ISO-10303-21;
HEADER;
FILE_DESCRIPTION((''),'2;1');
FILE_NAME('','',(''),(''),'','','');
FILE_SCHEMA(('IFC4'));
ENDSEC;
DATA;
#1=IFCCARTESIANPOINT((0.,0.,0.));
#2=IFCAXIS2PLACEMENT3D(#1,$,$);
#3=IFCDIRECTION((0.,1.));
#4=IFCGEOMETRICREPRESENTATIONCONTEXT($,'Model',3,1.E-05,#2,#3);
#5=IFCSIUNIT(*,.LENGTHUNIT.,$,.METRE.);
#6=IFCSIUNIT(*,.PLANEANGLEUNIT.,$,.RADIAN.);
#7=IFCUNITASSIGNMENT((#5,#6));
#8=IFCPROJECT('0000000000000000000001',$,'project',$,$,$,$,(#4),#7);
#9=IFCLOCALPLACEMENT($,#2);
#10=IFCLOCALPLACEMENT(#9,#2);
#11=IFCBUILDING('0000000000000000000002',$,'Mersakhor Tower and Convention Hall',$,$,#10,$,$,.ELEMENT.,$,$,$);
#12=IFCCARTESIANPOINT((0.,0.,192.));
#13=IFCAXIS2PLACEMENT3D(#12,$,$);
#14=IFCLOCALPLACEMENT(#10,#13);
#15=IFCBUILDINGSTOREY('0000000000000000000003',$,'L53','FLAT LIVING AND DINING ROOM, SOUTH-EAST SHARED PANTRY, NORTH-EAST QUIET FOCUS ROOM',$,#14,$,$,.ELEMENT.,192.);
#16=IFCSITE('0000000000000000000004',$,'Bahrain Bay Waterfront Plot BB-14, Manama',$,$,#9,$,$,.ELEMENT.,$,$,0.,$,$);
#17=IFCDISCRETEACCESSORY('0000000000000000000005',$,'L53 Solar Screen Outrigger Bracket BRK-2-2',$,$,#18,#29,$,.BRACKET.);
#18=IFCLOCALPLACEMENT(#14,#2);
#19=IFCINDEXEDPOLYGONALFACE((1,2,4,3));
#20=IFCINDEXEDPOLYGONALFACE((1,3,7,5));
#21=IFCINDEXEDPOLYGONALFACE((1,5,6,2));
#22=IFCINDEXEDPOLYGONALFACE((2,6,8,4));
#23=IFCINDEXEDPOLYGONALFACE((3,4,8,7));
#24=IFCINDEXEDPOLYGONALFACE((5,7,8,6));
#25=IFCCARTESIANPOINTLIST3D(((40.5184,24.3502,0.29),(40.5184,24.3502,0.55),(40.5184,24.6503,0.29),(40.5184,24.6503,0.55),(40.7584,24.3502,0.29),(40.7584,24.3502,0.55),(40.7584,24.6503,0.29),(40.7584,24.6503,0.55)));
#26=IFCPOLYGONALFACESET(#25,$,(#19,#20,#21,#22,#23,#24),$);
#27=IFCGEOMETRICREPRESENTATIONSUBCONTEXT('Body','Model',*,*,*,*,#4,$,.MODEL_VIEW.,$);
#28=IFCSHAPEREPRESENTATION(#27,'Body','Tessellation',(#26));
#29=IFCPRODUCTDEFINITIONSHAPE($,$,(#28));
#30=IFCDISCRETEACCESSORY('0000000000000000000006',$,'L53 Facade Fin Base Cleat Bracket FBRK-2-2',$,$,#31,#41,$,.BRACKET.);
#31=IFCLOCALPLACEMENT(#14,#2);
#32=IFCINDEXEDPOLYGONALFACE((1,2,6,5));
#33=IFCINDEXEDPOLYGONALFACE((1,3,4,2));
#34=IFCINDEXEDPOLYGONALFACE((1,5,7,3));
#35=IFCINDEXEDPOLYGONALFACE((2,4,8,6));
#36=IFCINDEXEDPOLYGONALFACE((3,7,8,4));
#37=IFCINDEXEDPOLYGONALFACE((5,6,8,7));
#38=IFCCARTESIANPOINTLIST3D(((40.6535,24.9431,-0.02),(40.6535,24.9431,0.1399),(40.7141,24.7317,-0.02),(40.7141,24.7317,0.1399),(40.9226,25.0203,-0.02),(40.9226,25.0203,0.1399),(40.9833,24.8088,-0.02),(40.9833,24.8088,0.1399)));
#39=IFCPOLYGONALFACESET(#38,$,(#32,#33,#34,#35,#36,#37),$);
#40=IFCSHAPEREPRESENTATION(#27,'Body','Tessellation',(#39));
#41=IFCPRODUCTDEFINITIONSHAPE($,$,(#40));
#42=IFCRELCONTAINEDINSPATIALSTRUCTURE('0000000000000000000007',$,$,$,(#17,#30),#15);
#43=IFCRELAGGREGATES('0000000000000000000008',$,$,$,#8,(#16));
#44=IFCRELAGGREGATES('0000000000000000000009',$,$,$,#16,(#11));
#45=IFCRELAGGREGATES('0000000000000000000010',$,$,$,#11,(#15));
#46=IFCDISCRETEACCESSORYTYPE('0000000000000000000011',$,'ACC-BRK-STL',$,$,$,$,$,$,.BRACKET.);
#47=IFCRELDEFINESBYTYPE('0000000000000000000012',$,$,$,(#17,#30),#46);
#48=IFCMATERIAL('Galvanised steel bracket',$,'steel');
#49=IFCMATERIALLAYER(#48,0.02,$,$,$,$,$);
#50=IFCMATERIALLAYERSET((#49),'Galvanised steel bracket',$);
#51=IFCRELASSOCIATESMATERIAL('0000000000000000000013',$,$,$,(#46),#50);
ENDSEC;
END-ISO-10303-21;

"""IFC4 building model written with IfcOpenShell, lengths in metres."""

from ifc_helpers import new_model, si_unit, direction, frame, origin, origin_2d, place, context, subcontext, project, spatial, rectangle, extrude, material, layer, layer_set, type_object, element, save


model = new_model("IFC4")

# Units and contexts
model_context = context("Model", 3, precision=1e-05, world=origin(), true_north=direction((0.0, 1.0)))
body_context = subcontext(model_context, "Body", "Model", "MODEL_VIEW")
ifc_project = project(units=[si_unit("LENGTHUNIT", "METRE"), si_unit("PLANEANGLEUNIT", "RADIAN")], contexts=[model_context])

# Site, building, storey
site_placement = place(None, origin())
site = spatial("IfcSite", under=ifc_project, at=site_placement, Name="Bahrain Bay Waterfront Plot BB-14, Manama", CompositionType="ELEMENT", RefElevation=0.0)
building_placement = place(site_placement, origin())
building = spatial("IfcBuilding", under=site, at=building_placement, Name="Mersakhor Tower and Convention Hall", CompositionType="ELEMENT")
storey_placement = place(building_placement, frame((0.0, 0.0, 192.0)))
storey = spatial("IfcBuildingStorey", under=building, at=storey_placement, Name="L53", Description="FLAT LIVING AND DINING ROOM, SOUTH-EAST SHARED PANTRY, NORTH-EAST QUIET FOCUS ROOM", CompositionType="ELEMENT", Elevation=192.0)

# Discrete accessories
ifc_material_1 = material(Name="Galvanised steel bracket", Category="steel")
ifc_layer_1 = layer(ifc_material_1, 0.02)
ifc_layer_set_1 = layer_set([ifc_layer_1], Name="Galvanised steel bracket")
discrete_accessory_type = type_object("IfcDiscreteAccessoryType", Name="ACC-BRK-STL", PredefinedType="BRACKET", material=ifc_layer_set_1)
discrete_accessory_1_placement = place(storey_placement, frame((40.6384, 24.5002, 0.29), z_axis=(0.0, 0.0, 1.0), x_axis=(0.0, -1.0, 0.0)))
element("IfcDiscreteAccessory", 1, at=discrete_accessory_1_placement, inside=storey, type_object=discrete_accessory_type, Name="L53 Solar Screen Outrigger Bracket BRK-2-2", PredefinedType="BRACKET", context=body_context, shape_type="SweptSolid", body=[
    extrude(rectangle(XDim=0.3, YDim=0.24, at=origin_2d()), origin(), (0.0, 0.0, 1.0), 0.26),
])
discrete_accessory_2_placement = place(storey_placement, frame((40.8184, 24.876, -0.02), z_axis=(0.0, 0.0, 1.0), x_axis=(0.961262, 0.275637, 0.0)))
element("IfcDiscreteAccessory", 2, at=discrete_accessory_2_placement, inside=storey, type_object=discrete_accessory_type, Name="L53 Facade Fin Base Cleat Bracket FBRK-2-2", PredefinedType="BRACKET", context=body_context, shape_type="SweptSolid", body=[
    extrude(rectangle(XDim=0.28, YDim=0.22, at=origin_2d()), origin(), (0.0, 0.0, 1.0), 0.1599),
])

save(model, "model.ifc")
